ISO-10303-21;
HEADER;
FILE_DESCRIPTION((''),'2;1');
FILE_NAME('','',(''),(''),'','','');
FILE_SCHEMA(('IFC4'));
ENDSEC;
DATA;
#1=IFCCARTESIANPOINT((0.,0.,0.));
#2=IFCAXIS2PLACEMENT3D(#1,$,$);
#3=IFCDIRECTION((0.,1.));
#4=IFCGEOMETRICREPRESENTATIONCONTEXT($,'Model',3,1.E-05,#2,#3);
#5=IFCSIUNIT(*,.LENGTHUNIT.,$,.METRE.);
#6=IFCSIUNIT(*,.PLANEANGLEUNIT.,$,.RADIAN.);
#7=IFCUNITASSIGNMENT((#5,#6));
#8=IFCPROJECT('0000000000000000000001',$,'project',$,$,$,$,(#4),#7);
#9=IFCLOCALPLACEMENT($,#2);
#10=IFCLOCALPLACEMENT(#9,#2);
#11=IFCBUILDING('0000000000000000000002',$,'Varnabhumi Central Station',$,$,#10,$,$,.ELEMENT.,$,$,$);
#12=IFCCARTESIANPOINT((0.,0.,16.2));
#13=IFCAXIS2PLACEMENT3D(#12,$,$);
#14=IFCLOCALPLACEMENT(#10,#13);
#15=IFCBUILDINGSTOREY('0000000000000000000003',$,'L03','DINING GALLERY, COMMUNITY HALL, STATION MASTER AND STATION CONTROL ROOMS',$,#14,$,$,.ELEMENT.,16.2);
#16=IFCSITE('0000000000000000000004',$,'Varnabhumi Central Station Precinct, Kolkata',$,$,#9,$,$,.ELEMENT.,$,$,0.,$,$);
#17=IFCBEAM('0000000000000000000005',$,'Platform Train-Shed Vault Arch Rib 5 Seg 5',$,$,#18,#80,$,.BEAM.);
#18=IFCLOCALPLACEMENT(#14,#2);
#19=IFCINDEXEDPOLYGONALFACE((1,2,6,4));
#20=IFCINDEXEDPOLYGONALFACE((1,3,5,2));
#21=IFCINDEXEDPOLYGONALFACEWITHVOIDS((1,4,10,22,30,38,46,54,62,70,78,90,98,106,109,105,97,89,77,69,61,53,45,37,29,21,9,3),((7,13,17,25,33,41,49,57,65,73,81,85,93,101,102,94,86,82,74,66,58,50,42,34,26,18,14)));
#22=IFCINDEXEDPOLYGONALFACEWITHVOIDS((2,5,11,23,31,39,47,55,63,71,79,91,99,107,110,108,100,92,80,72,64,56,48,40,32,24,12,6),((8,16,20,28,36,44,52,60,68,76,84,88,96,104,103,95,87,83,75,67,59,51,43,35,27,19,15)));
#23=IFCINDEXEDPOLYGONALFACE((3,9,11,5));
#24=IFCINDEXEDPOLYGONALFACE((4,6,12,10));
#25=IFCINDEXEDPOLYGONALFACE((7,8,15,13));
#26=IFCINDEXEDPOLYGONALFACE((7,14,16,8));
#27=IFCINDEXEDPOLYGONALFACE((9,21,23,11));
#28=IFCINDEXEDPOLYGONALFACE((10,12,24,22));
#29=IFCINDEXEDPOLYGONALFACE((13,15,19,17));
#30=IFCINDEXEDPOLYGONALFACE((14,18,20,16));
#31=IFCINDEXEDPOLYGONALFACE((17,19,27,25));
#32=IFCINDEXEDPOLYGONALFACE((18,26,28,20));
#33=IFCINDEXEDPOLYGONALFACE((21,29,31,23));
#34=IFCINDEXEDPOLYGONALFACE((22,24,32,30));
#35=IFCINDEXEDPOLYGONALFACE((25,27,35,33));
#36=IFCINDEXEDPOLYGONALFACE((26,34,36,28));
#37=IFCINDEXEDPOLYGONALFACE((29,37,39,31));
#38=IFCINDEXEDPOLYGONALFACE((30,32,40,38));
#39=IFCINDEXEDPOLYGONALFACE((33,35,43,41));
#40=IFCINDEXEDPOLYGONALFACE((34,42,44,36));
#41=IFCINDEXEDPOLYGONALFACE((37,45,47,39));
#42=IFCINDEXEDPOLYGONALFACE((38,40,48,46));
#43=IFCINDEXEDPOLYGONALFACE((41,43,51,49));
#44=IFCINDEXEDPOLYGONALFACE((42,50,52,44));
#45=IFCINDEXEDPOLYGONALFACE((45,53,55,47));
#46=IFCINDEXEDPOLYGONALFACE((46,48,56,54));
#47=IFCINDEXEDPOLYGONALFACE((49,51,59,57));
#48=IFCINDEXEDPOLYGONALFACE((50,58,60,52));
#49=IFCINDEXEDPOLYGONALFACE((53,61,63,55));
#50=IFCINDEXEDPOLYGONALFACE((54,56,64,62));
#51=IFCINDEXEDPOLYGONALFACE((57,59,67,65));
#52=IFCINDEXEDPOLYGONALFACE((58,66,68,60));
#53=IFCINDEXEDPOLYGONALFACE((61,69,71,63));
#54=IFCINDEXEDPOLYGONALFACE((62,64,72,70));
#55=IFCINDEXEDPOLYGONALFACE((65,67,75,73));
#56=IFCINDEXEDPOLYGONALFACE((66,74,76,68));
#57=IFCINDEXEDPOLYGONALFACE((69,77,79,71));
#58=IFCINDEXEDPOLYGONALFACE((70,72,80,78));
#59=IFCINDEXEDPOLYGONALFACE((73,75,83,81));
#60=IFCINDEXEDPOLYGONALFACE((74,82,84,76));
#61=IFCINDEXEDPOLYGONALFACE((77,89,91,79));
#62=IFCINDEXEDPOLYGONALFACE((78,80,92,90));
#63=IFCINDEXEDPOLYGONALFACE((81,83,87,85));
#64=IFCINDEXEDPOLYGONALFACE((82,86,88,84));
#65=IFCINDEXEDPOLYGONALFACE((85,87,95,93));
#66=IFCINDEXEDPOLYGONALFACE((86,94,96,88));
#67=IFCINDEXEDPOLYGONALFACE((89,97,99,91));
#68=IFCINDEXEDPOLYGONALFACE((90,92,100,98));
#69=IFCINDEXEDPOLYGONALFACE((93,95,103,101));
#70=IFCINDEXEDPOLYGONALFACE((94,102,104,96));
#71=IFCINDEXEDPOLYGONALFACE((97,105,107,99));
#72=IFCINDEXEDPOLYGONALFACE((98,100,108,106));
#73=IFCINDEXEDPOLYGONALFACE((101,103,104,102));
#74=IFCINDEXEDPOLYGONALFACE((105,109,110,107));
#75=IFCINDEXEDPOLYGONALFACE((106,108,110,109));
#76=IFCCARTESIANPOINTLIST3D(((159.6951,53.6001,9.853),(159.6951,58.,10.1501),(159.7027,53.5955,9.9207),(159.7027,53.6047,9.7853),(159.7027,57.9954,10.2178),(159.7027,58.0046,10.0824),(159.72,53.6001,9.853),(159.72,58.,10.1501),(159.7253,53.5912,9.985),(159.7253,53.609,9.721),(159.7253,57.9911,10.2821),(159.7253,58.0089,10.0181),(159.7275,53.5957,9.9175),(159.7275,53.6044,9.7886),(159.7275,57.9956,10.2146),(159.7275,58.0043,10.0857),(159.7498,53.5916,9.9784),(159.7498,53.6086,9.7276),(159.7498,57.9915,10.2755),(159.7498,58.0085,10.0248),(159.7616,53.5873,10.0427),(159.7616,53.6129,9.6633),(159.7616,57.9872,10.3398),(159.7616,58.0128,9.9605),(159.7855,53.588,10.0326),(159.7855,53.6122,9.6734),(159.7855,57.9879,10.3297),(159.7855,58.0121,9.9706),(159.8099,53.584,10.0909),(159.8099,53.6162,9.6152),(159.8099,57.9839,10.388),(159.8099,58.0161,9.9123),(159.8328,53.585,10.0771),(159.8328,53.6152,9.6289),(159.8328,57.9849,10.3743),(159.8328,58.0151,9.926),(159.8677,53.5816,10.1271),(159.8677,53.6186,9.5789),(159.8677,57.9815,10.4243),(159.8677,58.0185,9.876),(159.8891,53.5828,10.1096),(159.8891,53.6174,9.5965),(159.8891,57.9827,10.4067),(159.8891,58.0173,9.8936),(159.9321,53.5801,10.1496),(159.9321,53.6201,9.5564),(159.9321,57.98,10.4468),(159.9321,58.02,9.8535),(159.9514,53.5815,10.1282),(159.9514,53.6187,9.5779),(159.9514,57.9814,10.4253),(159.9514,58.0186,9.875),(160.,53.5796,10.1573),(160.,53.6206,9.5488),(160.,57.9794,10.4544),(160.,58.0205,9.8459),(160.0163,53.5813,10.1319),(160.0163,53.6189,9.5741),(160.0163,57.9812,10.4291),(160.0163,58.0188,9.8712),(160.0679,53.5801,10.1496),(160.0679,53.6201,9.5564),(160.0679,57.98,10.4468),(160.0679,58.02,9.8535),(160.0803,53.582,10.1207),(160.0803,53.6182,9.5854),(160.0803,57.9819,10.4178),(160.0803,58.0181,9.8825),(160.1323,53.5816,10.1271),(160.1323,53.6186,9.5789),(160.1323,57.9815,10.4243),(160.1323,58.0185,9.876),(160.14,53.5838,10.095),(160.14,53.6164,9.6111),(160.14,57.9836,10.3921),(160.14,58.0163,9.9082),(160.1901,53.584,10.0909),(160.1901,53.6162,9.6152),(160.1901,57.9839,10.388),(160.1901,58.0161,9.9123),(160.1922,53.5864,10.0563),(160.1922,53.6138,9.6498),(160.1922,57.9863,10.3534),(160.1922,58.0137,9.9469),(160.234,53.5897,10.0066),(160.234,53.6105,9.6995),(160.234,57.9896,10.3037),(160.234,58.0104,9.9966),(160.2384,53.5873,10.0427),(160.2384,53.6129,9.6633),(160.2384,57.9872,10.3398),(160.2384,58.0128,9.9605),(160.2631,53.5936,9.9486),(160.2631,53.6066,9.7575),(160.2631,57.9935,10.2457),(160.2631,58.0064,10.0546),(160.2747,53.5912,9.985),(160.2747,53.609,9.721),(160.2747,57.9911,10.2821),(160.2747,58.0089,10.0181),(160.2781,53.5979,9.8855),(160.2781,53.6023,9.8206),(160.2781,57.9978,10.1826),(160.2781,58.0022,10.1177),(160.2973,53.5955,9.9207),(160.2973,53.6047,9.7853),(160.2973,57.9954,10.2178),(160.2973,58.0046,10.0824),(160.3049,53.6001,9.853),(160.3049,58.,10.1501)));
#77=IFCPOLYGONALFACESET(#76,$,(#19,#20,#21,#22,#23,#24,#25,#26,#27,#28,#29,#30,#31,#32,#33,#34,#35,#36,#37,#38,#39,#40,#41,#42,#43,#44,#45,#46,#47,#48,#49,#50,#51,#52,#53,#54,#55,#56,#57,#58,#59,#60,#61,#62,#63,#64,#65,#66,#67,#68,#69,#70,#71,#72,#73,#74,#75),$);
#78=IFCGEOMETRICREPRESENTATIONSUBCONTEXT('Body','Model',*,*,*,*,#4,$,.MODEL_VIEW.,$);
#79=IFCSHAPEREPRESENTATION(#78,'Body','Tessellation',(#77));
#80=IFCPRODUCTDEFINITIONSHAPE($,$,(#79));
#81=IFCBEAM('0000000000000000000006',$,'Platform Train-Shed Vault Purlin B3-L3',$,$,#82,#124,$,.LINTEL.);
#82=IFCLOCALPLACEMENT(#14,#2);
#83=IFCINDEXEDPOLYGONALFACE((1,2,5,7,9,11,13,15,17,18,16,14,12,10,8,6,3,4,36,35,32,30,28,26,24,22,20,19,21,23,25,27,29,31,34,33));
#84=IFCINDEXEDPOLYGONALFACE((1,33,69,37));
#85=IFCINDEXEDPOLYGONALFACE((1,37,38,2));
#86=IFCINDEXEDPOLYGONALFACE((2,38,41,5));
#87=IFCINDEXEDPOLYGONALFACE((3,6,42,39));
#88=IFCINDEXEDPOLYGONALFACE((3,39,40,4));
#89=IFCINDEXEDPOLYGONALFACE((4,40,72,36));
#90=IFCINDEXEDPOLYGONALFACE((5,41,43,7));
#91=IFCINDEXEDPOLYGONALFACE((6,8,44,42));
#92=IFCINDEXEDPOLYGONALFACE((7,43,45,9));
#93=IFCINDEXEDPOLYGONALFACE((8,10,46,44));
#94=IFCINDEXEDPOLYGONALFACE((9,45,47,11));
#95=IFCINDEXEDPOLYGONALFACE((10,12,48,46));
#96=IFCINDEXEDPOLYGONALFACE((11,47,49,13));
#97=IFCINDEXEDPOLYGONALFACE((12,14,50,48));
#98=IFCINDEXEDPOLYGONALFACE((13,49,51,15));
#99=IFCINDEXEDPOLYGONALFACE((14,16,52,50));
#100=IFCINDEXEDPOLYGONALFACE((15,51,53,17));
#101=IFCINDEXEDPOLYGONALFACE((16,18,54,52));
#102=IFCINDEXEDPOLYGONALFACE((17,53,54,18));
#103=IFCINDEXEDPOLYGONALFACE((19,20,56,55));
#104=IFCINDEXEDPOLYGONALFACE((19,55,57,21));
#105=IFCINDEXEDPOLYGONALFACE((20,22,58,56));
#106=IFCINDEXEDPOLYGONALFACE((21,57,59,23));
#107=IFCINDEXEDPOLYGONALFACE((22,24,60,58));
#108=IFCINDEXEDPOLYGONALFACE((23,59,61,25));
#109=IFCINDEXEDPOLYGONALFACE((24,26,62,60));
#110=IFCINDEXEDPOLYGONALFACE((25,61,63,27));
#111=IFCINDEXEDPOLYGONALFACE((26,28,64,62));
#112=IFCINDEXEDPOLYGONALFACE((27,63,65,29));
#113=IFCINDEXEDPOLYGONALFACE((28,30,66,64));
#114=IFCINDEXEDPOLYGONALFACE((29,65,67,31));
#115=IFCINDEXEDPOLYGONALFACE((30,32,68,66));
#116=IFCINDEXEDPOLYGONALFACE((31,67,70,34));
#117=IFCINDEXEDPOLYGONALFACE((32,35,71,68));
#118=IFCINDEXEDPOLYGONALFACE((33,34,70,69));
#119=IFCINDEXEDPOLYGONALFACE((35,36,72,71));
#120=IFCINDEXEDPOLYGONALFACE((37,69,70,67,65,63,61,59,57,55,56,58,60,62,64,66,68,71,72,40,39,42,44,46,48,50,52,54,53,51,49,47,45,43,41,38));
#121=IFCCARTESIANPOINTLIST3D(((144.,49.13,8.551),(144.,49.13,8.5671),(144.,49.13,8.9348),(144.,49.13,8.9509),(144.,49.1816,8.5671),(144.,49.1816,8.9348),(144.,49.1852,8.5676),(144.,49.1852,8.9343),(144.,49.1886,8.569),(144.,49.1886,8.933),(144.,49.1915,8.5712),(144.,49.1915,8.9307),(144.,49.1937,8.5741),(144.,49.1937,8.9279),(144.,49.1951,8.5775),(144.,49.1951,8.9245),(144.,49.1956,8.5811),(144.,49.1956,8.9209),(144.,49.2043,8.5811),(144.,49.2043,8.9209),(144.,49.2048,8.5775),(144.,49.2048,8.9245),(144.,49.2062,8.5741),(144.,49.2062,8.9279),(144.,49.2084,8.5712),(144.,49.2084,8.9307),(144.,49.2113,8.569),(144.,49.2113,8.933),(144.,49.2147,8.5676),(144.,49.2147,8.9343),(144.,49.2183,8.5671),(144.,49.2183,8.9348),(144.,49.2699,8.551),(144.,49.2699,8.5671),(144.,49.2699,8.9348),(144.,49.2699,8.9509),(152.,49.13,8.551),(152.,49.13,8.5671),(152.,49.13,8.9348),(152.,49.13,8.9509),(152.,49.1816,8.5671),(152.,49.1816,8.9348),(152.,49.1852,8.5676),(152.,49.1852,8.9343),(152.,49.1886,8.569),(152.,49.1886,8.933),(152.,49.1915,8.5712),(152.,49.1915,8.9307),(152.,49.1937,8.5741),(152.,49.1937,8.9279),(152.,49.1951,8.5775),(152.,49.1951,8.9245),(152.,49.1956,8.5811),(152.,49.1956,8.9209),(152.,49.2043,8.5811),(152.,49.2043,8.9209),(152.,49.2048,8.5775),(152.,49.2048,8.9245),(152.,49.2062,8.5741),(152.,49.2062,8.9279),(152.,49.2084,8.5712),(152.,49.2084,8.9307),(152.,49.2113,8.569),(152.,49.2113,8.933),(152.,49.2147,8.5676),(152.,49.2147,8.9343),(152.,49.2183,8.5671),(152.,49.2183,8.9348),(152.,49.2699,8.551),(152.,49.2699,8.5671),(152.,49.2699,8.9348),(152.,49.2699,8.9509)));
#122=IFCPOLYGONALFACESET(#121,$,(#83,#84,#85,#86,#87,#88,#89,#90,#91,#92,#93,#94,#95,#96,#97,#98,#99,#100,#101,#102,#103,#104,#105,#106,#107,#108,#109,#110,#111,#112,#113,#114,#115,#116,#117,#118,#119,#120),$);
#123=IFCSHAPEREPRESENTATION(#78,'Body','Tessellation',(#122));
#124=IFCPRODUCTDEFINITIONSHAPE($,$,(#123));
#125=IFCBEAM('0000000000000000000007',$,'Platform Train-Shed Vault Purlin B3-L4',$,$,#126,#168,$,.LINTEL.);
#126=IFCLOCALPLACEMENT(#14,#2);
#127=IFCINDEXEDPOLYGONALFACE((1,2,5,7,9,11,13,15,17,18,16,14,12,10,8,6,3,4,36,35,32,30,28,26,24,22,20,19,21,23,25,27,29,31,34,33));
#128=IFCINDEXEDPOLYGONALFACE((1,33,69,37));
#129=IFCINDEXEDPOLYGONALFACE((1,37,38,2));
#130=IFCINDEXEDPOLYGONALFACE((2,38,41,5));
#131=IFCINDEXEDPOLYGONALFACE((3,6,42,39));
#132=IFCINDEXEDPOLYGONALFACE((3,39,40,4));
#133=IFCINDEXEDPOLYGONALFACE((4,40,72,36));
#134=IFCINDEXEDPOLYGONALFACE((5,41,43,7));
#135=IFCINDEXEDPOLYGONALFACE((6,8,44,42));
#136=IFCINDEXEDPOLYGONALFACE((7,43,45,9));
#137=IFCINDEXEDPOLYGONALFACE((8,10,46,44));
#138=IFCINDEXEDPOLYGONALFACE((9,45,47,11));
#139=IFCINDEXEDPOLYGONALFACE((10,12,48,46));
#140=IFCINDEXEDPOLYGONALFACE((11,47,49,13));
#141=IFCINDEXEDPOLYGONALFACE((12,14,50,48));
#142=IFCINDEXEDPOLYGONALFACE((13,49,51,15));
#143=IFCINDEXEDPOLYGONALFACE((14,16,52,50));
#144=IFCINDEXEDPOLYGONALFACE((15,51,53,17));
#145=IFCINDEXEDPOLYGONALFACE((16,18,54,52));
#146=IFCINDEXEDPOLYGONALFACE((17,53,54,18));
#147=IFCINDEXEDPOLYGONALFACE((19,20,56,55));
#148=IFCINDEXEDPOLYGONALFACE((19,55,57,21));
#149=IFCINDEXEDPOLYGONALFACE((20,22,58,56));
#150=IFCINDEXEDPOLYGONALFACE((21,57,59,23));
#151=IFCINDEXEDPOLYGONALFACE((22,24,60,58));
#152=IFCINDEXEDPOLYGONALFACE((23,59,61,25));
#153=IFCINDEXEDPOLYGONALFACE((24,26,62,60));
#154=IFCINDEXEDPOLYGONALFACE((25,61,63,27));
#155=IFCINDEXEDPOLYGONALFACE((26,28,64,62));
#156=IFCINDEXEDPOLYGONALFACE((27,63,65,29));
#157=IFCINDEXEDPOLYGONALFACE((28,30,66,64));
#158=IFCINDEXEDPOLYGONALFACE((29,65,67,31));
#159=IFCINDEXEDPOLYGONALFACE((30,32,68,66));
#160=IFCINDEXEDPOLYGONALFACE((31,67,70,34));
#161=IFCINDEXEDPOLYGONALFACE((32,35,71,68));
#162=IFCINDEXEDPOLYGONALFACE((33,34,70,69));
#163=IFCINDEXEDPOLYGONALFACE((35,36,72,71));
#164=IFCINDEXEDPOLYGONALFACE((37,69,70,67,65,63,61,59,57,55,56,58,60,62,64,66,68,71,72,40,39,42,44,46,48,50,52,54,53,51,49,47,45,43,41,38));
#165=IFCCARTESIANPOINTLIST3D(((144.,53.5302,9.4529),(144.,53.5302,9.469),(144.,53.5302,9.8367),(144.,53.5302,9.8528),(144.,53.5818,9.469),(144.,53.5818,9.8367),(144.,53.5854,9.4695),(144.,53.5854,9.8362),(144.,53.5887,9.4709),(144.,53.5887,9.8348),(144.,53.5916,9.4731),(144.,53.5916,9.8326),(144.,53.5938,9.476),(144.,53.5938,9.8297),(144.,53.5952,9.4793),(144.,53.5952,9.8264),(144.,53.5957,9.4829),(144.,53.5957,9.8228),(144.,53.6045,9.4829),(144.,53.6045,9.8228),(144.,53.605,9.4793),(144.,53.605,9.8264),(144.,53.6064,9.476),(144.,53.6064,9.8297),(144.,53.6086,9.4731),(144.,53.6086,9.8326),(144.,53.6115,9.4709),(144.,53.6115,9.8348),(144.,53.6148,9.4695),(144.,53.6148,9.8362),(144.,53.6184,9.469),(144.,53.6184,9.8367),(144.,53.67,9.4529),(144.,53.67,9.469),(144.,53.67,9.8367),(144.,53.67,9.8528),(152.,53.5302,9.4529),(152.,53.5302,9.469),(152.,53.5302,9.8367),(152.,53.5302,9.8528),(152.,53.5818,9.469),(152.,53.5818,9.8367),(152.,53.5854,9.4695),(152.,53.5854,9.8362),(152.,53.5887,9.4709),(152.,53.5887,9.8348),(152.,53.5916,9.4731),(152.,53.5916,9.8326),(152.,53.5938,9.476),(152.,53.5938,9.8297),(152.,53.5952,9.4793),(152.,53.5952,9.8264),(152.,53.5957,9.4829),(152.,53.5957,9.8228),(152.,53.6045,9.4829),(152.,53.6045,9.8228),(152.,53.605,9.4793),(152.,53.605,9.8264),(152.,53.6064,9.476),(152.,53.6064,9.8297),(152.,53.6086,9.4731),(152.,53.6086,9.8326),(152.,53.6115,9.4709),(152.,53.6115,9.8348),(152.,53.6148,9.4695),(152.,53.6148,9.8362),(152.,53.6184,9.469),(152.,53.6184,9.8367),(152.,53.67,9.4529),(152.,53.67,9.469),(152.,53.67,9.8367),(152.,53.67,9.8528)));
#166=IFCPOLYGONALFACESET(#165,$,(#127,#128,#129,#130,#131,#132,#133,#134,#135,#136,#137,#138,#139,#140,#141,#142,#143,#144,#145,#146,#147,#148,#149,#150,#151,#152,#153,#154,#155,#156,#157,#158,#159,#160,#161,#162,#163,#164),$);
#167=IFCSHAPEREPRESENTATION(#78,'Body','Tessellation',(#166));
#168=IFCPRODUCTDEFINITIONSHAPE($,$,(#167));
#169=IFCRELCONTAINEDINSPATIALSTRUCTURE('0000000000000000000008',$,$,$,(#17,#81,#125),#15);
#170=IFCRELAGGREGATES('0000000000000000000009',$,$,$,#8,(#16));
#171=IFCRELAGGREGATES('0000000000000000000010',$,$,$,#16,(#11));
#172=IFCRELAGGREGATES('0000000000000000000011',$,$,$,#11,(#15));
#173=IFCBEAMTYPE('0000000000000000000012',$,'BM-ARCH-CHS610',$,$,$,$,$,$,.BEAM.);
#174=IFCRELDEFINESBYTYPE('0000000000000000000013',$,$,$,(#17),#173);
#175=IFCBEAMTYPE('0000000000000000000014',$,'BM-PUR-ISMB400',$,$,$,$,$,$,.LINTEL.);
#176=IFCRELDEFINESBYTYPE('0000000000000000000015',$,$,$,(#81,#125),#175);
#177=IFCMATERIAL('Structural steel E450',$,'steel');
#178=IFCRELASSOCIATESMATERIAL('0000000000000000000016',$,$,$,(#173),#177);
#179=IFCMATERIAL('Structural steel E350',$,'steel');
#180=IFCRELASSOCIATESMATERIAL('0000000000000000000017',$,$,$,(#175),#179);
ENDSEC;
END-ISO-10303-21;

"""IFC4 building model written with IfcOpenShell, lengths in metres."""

from ifc_helpers import new_model, si_unit, direction, frame, origin, origin_2d, place, context, subcontext, project, spatial, hollow_circle, i_section, extrude, material, material_profile, profile_set, type_object, element, save


model = new_model("IFC4")

# Units and contexts
model_context = context("Model", 3, precision=1e-05, world=origin(), true_north=direction((0.0, 1.0)))
body_context = subcontext(model_context, "Body", "Model", "MODEL_VIEW")
ifc_project = project(units=[si_unit("LENGTHUNIT", "METRE"), si_unit("PLANEANGLEUNIT", "RADIAN")], contexts=[model_context])

# Site, building, storey
site_placement = place(None, origin())
site = spatial("IfcSite", under=ifc_project, at=site_placement, Name="Varnabhumi Central Station Precinct, Kolkata", CompositionType="ELEMENT", RefElevation=0.0)
building_placement = place(site_placement, origin())
building = spatial("IfcBuilding", under=site, at=building_placement, Name="Varnabhumi Central Station", CompositionType="ELEMENT")
storey_placement = place(building_placement, frame((0.0, 0.0, 16.2)))
storey = spatial("IfcBuildingStorey", under=building, at=storey_placement, Name="L03", Description="DINING GALLERY, COMMUNITY HALL, STATION MASTER AND STATION CONTROL ROOMS", CompositionType="ELEMENT", Elevation=16.2)

# Beams
ifc_material_1 = material(Name="Structural steel E450", Category="steel")
ifc_material_profile_1 = material_profile(ifc_material_1, hollow_circle(Radius=0.3049, WallThickness=0.0249, at=origin_2d()), Name="Structural steel E450", Category="steel")
ifc_profile_set_1 = profile_set([ifc_material_profile_1], Name="Structural steel E450")
beam_type_1 = type_object("IfcBeamType", Name="BM-ARCH-CHS610", PredefinedType="BEAM", material=ifc_profile_set_1)
beam_1_placement = place(storey_placement, frame((160.0, 53.6001, 9.853), z_axis=(0.0, 0.997728, 0.067375), x_axis=(-1.0, 0.0, 0.0)))
element("IfcBeam", 1, at=beam_1_placement, inside=storey, type_object=beam_type_1, Name="Platform Train-Shed Vault Arch Rib 5 Seg 5", PredefinedType="BEAM", context=body_context, shape_type="SweptSolid", body=[
    extrude(hollow_circle(Radius=0.3049, WallThickness=0.0249, at=origin_2d()), origin(), (0.0, 0.0, 1.0), 4.4099),
])
ifc_material_2 = material(Name="Structural steel E350", Category="steel")
ifc_material_profile_2 = material_profile(ifc_material_2, i_section(OverallWidth=0.1399, OverallDepth=0.3999, WebThickness=0.0088, FlangeThickness=0.0161, FilletRadius=0.0139, at=origin_2d()), Name="Structural steel E350", Category="steel")
ifc_profile_set_2 = profile_set([ifc_material_profile_2], Name="Structural steel E350")
beam_type_2 = type_object("IfcBeamType", Name="BM-PUR-ISMB400", PredefinedType="LINTEL", material=ifc_profile_set_2)
for number, where, z_axis, x_axis, name in (
    (2, (144.0, 49.2, 8.751), (1.0, 0.0, 0.0), (0.0, 1.0, 0.0), "Platform Train-Shed Vault Purlin B3-L3"),
    (3, (144.0, 53.6001, 9.6528), (1.0, 0.0, 0.0), (0.0, 1.0, 0.0), "Platform Train-Shed Vault Purlin B3-L4"),
):
    element("IfcBeam", number, at=place(storey_placement, frame(where, z_axis=z_axis, x_axis=x_axis)), inside=storey, type_object=beam_type_2, Name=name, PredefinedType="LINTEL", context=body_context, shape_type="SweptSolid", body=[
        extrude(i_section(OverallWidth=0.1399, OverallDepth=0.3999, WebThickness=0.0088, FlangeThickness=0.0161, FilletRadius=0.0139, at=origin_2d()), origin(), (0.0, 0.0, 1.0), 8.0),
    ])

save(model, "model.ifc")
